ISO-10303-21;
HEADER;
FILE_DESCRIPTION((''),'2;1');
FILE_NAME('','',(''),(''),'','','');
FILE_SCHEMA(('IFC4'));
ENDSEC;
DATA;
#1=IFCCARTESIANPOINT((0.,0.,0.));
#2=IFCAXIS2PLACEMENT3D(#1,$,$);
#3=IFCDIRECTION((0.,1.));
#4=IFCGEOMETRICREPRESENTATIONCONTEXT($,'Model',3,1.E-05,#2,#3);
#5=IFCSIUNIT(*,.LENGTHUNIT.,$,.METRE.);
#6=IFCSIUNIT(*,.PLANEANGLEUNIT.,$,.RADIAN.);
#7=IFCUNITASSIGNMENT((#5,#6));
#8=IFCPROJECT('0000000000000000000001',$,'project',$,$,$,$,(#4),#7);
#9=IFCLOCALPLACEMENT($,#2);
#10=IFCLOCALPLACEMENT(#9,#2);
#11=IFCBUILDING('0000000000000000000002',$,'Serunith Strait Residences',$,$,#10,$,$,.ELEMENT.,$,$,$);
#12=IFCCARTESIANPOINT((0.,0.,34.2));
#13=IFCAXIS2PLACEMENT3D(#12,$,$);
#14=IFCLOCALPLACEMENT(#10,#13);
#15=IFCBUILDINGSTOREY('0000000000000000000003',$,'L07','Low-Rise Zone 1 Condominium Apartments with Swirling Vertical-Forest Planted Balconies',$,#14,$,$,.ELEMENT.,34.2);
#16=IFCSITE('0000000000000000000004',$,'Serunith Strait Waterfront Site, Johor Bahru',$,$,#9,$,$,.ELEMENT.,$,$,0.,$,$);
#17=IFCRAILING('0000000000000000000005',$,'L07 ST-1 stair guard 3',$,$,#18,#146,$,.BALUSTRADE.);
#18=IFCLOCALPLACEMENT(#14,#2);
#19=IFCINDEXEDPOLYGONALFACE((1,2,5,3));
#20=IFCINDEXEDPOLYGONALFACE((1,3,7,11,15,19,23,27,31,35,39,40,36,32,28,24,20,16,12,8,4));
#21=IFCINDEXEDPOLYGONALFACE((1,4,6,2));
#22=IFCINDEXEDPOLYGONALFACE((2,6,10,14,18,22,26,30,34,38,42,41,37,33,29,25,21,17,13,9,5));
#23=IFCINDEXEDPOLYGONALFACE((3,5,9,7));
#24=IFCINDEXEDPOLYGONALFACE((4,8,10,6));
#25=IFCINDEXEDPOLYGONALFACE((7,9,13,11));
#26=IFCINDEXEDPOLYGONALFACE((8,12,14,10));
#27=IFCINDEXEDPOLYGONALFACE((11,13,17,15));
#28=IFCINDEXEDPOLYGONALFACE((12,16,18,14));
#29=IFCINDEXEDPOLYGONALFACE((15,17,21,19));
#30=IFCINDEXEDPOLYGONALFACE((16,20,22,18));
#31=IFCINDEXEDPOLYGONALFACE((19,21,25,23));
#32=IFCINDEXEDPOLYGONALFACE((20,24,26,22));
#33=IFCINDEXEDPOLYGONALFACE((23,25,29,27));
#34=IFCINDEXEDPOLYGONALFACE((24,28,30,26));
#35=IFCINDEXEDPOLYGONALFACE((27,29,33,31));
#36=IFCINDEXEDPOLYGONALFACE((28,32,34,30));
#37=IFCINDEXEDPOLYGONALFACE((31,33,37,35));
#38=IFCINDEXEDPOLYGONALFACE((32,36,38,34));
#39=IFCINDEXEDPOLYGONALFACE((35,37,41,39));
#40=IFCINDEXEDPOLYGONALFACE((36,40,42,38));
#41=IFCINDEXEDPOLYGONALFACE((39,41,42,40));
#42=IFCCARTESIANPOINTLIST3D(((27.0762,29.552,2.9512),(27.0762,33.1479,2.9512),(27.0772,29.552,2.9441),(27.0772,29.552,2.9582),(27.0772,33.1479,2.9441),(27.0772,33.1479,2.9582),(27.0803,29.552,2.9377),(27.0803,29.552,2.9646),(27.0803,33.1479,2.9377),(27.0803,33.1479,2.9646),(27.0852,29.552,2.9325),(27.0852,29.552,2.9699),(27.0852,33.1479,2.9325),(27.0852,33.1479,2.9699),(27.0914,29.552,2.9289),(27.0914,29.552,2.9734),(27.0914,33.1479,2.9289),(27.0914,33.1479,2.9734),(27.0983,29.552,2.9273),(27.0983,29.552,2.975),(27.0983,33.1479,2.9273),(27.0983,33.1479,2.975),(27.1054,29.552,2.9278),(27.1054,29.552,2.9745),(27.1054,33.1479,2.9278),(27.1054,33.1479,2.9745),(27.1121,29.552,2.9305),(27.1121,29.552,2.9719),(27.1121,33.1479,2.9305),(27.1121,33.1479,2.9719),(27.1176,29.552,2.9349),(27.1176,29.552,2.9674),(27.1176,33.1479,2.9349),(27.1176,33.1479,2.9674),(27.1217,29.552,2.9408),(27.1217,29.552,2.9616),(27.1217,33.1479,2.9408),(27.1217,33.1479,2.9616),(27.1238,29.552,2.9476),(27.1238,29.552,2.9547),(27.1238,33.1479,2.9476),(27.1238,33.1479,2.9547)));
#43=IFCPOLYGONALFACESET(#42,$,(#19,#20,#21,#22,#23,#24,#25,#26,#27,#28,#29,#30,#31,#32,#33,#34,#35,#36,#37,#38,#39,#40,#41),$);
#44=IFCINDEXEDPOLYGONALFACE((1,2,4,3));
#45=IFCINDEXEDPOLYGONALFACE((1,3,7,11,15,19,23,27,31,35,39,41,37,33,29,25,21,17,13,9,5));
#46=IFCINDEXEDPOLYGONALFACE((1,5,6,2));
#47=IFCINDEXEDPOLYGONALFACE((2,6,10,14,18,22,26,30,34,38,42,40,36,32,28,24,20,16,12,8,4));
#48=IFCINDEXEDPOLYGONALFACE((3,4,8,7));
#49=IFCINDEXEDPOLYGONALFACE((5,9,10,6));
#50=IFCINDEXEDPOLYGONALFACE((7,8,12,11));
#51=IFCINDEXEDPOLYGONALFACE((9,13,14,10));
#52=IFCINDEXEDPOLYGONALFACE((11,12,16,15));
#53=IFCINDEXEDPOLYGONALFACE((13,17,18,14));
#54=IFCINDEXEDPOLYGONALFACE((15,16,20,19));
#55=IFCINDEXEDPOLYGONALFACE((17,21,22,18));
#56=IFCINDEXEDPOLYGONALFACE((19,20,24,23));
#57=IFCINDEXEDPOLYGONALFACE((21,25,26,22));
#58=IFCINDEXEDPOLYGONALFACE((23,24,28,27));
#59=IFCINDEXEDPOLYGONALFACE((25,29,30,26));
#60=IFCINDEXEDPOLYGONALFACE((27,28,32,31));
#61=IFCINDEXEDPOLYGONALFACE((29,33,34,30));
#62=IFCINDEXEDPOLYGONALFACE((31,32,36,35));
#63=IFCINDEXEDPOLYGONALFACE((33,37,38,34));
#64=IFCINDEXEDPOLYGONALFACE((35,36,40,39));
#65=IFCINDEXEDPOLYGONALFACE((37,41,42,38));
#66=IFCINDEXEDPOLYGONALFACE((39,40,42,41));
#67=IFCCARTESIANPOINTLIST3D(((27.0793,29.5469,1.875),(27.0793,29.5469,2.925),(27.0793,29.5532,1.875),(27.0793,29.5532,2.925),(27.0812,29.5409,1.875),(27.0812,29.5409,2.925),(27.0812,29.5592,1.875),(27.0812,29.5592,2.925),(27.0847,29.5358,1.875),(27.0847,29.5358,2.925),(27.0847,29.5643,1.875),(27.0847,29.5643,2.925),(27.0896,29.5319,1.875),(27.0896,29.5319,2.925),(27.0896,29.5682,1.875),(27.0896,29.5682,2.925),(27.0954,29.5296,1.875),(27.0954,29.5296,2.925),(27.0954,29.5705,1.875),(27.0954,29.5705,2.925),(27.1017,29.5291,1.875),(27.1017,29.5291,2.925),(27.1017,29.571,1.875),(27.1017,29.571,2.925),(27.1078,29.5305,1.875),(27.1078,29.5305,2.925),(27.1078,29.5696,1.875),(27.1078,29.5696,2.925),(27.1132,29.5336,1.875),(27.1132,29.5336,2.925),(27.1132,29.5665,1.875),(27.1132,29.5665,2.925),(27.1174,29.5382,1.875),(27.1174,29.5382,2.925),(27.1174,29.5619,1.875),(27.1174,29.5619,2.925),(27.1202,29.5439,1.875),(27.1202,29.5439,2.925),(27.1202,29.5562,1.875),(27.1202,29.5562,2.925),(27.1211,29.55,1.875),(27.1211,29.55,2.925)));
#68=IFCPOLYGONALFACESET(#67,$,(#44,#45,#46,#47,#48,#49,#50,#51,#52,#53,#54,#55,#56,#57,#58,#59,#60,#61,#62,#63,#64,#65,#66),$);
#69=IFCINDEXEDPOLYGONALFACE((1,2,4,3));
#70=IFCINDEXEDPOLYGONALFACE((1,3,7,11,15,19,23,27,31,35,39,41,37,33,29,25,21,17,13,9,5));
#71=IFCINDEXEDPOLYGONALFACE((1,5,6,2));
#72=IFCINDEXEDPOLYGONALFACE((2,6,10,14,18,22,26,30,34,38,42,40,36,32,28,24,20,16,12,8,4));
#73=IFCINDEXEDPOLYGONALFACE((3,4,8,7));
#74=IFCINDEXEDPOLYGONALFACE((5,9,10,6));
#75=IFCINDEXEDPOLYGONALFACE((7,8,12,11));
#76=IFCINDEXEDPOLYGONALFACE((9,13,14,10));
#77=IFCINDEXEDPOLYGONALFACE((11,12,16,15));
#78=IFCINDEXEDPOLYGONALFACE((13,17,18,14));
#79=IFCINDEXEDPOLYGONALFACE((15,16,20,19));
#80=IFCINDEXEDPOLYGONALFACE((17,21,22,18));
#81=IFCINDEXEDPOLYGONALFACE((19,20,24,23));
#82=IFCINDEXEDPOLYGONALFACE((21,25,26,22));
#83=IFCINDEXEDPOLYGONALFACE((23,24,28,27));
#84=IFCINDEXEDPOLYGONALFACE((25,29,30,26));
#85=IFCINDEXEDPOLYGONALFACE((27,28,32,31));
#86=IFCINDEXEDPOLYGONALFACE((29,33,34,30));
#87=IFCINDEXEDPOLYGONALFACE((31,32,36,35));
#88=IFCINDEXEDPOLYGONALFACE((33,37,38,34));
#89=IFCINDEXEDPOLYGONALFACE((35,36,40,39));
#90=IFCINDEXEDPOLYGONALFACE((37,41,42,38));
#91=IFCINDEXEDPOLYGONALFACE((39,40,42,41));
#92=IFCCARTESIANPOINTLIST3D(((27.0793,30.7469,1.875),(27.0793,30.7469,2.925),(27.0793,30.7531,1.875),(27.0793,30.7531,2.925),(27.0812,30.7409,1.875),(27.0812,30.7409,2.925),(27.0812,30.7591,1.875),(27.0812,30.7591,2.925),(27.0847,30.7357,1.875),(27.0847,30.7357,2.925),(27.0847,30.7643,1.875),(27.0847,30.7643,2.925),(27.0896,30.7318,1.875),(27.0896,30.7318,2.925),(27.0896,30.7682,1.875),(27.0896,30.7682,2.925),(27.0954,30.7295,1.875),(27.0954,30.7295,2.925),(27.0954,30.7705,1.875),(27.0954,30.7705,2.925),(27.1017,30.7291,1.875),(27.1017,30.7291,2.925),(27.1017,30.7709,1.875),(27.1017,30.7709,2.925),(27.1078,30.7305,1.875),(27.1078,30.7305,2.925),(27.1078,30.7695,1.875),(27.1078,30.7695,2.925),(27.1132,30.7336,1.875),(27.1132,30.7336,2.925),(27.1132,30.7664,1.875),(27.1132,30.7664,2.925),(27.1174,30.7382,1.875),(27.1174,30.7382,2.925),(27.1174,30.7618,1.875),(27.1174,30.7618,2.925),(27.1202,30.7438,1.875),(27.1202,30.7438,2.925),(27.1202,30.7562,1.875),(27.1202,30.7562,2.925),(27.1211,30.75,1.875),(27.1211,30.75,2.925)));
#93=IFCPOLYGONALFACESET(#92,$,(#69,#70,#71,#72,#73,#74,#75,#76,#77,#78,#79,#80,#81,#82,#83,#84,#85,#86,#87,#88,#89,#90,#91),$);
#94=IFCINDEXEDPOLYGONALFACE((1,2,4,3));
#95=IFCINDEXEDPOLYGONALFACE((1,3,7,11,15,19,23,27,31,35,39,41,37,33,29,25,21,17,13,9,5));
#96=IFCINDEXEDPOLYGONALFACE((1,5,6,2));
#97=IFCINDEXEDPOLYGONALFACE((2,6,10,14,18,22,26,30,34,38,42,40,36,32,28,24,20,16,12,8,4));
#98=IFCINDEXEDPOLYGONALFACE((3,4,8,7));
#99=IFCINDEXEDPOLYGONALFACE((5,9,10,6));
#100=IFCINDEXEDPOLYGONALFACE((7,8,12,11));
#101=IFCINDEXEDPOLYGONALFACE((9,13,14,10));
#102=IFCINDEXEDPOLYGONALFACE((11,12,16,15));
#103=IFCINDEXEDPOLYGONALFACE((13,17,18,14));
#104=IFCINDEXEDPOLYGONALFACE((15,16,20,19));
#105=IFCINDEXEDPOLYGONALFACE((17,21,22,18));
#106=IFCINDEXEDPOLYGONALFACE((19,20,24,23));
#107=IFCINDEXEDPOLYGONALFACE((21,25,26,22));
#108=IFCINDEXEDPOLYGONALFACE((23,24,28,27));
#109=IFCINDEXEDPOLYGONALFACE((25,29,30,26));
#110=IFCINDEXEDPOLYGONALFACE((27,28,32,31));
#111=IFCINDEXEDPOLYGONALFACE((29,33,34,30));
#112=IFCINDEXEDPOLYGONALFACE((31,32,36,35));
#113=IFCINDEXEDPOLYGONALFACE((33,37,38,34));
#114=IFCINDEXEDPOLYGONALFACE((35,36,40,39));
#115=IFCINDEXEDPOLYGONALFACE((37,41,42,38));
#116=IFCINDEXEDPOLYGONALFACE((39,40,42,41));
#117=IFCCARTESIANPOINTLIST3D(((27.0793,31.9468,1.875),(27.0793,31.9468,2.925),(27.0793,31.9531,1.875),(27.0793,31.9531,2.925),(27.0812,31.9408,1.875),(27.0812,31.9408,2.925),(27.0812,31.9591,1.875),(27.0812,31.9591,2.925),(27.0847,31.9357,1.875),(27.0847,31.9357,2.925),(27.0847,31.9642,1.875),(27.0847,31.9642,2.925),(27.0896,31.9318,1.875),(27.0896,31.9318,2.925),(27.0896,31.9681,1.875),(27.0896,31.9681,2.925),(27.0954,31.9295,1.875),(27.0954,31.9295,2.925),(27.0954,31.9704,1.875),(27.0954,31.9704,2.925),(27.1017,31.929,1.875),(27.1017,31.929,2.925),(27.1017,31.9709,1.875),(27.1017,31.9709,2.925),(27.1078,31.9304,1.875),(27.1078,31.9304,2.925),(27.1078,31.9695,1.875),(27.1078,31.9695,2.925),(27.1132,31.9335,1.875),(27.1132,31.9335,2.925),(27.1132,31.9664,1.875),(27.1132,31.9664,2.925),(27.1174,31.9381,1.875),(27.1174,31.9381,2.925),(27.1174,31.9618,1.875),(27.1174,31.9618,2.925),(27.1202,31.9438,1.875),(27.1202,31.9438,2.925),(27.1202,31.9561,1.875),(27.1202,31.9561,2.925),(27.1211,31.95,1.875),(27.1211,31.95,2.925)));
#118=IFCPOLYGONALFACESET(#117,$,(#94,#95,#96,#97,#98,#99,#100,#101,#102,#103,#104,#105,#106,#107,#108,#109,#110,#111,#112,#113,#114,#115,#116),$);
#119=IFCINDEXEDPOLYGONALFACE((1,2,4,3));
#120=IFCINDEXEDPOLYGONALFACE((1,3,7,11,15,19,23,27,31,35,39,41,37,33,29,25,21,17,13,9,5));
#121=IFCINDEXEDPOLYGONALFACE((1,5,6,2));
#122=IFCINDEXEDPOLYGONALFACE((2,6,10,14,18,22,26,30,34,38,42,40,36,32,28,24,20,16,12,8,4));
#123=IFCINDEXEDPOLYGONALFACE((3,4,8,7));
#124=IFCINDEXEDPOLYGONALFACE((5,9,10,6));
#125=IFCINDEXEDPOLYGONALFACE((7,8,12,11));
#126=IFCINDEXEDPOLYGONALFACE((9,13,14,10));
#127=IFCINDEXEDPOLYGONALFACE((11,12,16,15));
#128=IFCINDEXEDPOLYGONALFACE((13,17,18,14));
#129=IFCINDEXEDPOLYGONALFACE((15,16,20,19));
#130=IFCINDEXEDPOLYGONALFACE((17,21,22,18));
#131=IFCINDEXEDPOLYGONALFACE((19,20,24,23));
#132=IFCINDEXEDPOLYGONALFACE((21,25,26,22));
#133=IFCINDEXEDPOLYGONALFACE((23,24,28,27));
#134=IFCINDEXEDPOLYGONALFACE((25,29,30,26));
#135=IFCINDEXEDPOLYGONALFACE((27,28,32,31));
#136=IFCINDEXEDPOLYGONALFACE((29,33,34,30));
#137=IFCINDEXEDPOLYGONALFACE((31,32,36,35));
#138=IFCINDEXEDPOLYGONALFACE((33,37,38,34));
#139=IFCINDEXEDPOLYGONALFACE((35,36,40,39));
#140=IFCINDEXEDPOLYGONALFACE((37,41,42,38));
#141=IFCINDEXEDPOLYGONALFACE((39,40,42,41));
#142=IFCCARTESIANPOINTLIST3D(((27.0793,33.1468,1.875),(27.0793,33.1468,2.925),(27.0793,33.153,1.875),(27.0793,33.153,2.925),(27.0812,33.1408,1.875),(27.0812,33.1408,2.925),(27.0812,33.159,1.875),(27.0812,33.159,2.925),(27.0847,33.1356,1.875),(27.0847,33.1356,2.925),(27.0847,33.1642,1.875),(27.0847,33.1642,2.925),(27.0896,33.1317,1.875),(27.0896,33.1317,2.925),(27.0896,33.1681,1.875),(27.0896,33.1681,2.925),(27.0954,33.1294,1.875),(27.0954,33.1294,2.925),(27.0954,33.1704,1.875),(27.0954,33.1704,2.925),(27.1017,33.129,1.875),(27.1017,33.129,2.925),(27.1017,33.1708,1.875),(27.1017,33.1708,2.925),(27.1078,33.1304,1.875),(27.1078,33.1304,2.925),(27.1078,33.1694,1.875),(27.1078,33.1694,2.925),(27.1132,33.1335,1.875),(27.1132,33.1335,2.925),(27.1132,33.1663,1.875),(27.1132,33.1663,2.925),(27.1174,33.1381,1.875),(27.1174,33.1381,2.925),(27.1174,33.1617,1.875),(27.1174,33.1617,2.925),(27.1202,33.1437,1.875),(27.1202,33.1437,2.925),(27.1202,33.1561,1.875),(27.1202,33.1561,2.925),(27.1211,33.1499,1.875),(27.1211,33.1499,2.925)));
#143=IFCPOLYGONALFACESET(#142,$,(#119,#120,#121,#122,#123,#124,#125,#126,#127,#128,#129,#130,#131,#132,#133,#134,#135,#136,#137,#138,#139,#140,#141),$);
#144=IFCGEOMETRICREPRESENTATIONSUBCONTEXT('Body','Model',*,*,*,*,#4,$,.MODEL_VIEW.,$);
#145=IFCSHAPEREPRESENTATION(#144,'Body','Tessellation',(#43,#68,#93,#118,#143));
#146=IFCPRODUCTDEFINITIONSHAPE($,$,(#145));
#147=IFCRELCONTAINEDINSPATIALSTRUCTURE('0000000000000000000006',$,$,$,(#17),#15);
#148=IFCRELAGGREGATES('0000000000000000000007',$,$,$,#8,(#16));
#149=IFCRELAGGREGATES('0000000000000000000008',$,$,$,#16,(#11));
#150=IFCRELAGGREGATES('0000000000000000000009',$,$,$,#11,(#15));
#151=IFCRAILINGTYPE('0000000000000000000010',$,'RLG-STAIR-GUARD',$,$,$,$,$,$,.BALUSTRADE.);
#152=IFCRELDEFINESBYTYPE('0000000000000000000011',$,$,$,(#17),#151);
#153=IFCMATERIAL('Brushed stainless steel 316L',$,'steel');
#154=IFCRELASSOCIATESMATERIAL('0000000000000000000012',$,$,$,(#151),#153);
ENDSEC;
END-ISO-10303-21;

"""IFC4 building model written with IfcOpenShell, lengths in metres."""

from ifc_helpers import new_model, si_unit, direction, frame, origin, origin_2d, place, context, subcontext, project, spatial, circle, extrude, material, type_object, element, save


model = new_model("IFC4")

# Units and contexts
model_context = context("Model", 3, precision=1e-05, world=origin(), true_north=direction((0.0, 1.0)))
body_context = subcontext(model_context, "Body", "Model", "MODEL_VIEW")
ifc_project = project(units=[si_unit("LENGTHUNIT", "METRE"), si_unit("PLANEANGLEUNIT", "RADIAN")], contexts=[model_context])

# Site, building, storey
site_placement = place(None, origin())
site = spatial("IfcSite", under=ifc_project, at=site_placement, Name="Serunith Strait Waterfront Site, Johor Bahru", CompositionType="ELEMENT", RefElevation=0.0)
building_placement = place(site_placement, origin())
building = spatial("IfcBuilding", under=site, at=building_placement, Name="Serunith Strait Residences", CompositionType="ELEMENT")
storey_placement = place(building_placement, frame((0.0, 0.0, 34.2)))
storey = spatial("IfcBuildingStorey", under=building, at=storey_placement, Name="L07", Description="Low-Rise Zone 1 Condominium Apartments with Swirling Vertical-Forest Planted Balconies", CompositionType="ELEMENT", Elevation=34.2)

# Railing
ifc_material_1 = material(Name="Brushed stainless steel 316L", Category="steel")
railing_type_1 = type_object("IfcRailingType", Name="RLG-STAIR-GUARD", PredefinedType="BALUSTRADE", material=ifc_material_1)
for number, where, name in (
    (1, (27.1001, 29.55, 1.875), "L07 ST-1 stair guard 3"),
):
    element("IfcRailing", number, at=place(storey_placement, frame(where)), inside=storey, type_object=railing_type_1, Name=name, PredefinedType="BALUSTRADE", context=body_context, shape_type="SweptSolid", body=[
        extrude(circle(Radius=0.0239, at=origin_2d()), frame((0.0, 0.002, 1.0762), z_axis=(0.0, 1.0, 0.0), x_axis=(-1.0, 0.0, 0.0)), (0.0, 0.0, 1.0), 3.5959),
        extrude(circle(Radius=0.021, at=origin_2d()), origin(), (0.0, 0.0, 1.0), 1.05),
        extrude(circle(Radius=0.021, at=origin_2d()), frame((0.0, 1.2, 0.0)), (0.0, 0.0, 1.0), 1.05),
        extrude(circle(Radius=0.021, at=origin_2d()), frame((0.0, 2.3999, 0.0)), (0.0, 0.0, 1.0), 1.05),
        extrude(circle(Radius=0.021, at=origin_2d()), frame((0.0, 3.5999, 0.0)), (0.0, 0.0, 1.0), 1.05),
    ])

save(model, "model.ifc")
